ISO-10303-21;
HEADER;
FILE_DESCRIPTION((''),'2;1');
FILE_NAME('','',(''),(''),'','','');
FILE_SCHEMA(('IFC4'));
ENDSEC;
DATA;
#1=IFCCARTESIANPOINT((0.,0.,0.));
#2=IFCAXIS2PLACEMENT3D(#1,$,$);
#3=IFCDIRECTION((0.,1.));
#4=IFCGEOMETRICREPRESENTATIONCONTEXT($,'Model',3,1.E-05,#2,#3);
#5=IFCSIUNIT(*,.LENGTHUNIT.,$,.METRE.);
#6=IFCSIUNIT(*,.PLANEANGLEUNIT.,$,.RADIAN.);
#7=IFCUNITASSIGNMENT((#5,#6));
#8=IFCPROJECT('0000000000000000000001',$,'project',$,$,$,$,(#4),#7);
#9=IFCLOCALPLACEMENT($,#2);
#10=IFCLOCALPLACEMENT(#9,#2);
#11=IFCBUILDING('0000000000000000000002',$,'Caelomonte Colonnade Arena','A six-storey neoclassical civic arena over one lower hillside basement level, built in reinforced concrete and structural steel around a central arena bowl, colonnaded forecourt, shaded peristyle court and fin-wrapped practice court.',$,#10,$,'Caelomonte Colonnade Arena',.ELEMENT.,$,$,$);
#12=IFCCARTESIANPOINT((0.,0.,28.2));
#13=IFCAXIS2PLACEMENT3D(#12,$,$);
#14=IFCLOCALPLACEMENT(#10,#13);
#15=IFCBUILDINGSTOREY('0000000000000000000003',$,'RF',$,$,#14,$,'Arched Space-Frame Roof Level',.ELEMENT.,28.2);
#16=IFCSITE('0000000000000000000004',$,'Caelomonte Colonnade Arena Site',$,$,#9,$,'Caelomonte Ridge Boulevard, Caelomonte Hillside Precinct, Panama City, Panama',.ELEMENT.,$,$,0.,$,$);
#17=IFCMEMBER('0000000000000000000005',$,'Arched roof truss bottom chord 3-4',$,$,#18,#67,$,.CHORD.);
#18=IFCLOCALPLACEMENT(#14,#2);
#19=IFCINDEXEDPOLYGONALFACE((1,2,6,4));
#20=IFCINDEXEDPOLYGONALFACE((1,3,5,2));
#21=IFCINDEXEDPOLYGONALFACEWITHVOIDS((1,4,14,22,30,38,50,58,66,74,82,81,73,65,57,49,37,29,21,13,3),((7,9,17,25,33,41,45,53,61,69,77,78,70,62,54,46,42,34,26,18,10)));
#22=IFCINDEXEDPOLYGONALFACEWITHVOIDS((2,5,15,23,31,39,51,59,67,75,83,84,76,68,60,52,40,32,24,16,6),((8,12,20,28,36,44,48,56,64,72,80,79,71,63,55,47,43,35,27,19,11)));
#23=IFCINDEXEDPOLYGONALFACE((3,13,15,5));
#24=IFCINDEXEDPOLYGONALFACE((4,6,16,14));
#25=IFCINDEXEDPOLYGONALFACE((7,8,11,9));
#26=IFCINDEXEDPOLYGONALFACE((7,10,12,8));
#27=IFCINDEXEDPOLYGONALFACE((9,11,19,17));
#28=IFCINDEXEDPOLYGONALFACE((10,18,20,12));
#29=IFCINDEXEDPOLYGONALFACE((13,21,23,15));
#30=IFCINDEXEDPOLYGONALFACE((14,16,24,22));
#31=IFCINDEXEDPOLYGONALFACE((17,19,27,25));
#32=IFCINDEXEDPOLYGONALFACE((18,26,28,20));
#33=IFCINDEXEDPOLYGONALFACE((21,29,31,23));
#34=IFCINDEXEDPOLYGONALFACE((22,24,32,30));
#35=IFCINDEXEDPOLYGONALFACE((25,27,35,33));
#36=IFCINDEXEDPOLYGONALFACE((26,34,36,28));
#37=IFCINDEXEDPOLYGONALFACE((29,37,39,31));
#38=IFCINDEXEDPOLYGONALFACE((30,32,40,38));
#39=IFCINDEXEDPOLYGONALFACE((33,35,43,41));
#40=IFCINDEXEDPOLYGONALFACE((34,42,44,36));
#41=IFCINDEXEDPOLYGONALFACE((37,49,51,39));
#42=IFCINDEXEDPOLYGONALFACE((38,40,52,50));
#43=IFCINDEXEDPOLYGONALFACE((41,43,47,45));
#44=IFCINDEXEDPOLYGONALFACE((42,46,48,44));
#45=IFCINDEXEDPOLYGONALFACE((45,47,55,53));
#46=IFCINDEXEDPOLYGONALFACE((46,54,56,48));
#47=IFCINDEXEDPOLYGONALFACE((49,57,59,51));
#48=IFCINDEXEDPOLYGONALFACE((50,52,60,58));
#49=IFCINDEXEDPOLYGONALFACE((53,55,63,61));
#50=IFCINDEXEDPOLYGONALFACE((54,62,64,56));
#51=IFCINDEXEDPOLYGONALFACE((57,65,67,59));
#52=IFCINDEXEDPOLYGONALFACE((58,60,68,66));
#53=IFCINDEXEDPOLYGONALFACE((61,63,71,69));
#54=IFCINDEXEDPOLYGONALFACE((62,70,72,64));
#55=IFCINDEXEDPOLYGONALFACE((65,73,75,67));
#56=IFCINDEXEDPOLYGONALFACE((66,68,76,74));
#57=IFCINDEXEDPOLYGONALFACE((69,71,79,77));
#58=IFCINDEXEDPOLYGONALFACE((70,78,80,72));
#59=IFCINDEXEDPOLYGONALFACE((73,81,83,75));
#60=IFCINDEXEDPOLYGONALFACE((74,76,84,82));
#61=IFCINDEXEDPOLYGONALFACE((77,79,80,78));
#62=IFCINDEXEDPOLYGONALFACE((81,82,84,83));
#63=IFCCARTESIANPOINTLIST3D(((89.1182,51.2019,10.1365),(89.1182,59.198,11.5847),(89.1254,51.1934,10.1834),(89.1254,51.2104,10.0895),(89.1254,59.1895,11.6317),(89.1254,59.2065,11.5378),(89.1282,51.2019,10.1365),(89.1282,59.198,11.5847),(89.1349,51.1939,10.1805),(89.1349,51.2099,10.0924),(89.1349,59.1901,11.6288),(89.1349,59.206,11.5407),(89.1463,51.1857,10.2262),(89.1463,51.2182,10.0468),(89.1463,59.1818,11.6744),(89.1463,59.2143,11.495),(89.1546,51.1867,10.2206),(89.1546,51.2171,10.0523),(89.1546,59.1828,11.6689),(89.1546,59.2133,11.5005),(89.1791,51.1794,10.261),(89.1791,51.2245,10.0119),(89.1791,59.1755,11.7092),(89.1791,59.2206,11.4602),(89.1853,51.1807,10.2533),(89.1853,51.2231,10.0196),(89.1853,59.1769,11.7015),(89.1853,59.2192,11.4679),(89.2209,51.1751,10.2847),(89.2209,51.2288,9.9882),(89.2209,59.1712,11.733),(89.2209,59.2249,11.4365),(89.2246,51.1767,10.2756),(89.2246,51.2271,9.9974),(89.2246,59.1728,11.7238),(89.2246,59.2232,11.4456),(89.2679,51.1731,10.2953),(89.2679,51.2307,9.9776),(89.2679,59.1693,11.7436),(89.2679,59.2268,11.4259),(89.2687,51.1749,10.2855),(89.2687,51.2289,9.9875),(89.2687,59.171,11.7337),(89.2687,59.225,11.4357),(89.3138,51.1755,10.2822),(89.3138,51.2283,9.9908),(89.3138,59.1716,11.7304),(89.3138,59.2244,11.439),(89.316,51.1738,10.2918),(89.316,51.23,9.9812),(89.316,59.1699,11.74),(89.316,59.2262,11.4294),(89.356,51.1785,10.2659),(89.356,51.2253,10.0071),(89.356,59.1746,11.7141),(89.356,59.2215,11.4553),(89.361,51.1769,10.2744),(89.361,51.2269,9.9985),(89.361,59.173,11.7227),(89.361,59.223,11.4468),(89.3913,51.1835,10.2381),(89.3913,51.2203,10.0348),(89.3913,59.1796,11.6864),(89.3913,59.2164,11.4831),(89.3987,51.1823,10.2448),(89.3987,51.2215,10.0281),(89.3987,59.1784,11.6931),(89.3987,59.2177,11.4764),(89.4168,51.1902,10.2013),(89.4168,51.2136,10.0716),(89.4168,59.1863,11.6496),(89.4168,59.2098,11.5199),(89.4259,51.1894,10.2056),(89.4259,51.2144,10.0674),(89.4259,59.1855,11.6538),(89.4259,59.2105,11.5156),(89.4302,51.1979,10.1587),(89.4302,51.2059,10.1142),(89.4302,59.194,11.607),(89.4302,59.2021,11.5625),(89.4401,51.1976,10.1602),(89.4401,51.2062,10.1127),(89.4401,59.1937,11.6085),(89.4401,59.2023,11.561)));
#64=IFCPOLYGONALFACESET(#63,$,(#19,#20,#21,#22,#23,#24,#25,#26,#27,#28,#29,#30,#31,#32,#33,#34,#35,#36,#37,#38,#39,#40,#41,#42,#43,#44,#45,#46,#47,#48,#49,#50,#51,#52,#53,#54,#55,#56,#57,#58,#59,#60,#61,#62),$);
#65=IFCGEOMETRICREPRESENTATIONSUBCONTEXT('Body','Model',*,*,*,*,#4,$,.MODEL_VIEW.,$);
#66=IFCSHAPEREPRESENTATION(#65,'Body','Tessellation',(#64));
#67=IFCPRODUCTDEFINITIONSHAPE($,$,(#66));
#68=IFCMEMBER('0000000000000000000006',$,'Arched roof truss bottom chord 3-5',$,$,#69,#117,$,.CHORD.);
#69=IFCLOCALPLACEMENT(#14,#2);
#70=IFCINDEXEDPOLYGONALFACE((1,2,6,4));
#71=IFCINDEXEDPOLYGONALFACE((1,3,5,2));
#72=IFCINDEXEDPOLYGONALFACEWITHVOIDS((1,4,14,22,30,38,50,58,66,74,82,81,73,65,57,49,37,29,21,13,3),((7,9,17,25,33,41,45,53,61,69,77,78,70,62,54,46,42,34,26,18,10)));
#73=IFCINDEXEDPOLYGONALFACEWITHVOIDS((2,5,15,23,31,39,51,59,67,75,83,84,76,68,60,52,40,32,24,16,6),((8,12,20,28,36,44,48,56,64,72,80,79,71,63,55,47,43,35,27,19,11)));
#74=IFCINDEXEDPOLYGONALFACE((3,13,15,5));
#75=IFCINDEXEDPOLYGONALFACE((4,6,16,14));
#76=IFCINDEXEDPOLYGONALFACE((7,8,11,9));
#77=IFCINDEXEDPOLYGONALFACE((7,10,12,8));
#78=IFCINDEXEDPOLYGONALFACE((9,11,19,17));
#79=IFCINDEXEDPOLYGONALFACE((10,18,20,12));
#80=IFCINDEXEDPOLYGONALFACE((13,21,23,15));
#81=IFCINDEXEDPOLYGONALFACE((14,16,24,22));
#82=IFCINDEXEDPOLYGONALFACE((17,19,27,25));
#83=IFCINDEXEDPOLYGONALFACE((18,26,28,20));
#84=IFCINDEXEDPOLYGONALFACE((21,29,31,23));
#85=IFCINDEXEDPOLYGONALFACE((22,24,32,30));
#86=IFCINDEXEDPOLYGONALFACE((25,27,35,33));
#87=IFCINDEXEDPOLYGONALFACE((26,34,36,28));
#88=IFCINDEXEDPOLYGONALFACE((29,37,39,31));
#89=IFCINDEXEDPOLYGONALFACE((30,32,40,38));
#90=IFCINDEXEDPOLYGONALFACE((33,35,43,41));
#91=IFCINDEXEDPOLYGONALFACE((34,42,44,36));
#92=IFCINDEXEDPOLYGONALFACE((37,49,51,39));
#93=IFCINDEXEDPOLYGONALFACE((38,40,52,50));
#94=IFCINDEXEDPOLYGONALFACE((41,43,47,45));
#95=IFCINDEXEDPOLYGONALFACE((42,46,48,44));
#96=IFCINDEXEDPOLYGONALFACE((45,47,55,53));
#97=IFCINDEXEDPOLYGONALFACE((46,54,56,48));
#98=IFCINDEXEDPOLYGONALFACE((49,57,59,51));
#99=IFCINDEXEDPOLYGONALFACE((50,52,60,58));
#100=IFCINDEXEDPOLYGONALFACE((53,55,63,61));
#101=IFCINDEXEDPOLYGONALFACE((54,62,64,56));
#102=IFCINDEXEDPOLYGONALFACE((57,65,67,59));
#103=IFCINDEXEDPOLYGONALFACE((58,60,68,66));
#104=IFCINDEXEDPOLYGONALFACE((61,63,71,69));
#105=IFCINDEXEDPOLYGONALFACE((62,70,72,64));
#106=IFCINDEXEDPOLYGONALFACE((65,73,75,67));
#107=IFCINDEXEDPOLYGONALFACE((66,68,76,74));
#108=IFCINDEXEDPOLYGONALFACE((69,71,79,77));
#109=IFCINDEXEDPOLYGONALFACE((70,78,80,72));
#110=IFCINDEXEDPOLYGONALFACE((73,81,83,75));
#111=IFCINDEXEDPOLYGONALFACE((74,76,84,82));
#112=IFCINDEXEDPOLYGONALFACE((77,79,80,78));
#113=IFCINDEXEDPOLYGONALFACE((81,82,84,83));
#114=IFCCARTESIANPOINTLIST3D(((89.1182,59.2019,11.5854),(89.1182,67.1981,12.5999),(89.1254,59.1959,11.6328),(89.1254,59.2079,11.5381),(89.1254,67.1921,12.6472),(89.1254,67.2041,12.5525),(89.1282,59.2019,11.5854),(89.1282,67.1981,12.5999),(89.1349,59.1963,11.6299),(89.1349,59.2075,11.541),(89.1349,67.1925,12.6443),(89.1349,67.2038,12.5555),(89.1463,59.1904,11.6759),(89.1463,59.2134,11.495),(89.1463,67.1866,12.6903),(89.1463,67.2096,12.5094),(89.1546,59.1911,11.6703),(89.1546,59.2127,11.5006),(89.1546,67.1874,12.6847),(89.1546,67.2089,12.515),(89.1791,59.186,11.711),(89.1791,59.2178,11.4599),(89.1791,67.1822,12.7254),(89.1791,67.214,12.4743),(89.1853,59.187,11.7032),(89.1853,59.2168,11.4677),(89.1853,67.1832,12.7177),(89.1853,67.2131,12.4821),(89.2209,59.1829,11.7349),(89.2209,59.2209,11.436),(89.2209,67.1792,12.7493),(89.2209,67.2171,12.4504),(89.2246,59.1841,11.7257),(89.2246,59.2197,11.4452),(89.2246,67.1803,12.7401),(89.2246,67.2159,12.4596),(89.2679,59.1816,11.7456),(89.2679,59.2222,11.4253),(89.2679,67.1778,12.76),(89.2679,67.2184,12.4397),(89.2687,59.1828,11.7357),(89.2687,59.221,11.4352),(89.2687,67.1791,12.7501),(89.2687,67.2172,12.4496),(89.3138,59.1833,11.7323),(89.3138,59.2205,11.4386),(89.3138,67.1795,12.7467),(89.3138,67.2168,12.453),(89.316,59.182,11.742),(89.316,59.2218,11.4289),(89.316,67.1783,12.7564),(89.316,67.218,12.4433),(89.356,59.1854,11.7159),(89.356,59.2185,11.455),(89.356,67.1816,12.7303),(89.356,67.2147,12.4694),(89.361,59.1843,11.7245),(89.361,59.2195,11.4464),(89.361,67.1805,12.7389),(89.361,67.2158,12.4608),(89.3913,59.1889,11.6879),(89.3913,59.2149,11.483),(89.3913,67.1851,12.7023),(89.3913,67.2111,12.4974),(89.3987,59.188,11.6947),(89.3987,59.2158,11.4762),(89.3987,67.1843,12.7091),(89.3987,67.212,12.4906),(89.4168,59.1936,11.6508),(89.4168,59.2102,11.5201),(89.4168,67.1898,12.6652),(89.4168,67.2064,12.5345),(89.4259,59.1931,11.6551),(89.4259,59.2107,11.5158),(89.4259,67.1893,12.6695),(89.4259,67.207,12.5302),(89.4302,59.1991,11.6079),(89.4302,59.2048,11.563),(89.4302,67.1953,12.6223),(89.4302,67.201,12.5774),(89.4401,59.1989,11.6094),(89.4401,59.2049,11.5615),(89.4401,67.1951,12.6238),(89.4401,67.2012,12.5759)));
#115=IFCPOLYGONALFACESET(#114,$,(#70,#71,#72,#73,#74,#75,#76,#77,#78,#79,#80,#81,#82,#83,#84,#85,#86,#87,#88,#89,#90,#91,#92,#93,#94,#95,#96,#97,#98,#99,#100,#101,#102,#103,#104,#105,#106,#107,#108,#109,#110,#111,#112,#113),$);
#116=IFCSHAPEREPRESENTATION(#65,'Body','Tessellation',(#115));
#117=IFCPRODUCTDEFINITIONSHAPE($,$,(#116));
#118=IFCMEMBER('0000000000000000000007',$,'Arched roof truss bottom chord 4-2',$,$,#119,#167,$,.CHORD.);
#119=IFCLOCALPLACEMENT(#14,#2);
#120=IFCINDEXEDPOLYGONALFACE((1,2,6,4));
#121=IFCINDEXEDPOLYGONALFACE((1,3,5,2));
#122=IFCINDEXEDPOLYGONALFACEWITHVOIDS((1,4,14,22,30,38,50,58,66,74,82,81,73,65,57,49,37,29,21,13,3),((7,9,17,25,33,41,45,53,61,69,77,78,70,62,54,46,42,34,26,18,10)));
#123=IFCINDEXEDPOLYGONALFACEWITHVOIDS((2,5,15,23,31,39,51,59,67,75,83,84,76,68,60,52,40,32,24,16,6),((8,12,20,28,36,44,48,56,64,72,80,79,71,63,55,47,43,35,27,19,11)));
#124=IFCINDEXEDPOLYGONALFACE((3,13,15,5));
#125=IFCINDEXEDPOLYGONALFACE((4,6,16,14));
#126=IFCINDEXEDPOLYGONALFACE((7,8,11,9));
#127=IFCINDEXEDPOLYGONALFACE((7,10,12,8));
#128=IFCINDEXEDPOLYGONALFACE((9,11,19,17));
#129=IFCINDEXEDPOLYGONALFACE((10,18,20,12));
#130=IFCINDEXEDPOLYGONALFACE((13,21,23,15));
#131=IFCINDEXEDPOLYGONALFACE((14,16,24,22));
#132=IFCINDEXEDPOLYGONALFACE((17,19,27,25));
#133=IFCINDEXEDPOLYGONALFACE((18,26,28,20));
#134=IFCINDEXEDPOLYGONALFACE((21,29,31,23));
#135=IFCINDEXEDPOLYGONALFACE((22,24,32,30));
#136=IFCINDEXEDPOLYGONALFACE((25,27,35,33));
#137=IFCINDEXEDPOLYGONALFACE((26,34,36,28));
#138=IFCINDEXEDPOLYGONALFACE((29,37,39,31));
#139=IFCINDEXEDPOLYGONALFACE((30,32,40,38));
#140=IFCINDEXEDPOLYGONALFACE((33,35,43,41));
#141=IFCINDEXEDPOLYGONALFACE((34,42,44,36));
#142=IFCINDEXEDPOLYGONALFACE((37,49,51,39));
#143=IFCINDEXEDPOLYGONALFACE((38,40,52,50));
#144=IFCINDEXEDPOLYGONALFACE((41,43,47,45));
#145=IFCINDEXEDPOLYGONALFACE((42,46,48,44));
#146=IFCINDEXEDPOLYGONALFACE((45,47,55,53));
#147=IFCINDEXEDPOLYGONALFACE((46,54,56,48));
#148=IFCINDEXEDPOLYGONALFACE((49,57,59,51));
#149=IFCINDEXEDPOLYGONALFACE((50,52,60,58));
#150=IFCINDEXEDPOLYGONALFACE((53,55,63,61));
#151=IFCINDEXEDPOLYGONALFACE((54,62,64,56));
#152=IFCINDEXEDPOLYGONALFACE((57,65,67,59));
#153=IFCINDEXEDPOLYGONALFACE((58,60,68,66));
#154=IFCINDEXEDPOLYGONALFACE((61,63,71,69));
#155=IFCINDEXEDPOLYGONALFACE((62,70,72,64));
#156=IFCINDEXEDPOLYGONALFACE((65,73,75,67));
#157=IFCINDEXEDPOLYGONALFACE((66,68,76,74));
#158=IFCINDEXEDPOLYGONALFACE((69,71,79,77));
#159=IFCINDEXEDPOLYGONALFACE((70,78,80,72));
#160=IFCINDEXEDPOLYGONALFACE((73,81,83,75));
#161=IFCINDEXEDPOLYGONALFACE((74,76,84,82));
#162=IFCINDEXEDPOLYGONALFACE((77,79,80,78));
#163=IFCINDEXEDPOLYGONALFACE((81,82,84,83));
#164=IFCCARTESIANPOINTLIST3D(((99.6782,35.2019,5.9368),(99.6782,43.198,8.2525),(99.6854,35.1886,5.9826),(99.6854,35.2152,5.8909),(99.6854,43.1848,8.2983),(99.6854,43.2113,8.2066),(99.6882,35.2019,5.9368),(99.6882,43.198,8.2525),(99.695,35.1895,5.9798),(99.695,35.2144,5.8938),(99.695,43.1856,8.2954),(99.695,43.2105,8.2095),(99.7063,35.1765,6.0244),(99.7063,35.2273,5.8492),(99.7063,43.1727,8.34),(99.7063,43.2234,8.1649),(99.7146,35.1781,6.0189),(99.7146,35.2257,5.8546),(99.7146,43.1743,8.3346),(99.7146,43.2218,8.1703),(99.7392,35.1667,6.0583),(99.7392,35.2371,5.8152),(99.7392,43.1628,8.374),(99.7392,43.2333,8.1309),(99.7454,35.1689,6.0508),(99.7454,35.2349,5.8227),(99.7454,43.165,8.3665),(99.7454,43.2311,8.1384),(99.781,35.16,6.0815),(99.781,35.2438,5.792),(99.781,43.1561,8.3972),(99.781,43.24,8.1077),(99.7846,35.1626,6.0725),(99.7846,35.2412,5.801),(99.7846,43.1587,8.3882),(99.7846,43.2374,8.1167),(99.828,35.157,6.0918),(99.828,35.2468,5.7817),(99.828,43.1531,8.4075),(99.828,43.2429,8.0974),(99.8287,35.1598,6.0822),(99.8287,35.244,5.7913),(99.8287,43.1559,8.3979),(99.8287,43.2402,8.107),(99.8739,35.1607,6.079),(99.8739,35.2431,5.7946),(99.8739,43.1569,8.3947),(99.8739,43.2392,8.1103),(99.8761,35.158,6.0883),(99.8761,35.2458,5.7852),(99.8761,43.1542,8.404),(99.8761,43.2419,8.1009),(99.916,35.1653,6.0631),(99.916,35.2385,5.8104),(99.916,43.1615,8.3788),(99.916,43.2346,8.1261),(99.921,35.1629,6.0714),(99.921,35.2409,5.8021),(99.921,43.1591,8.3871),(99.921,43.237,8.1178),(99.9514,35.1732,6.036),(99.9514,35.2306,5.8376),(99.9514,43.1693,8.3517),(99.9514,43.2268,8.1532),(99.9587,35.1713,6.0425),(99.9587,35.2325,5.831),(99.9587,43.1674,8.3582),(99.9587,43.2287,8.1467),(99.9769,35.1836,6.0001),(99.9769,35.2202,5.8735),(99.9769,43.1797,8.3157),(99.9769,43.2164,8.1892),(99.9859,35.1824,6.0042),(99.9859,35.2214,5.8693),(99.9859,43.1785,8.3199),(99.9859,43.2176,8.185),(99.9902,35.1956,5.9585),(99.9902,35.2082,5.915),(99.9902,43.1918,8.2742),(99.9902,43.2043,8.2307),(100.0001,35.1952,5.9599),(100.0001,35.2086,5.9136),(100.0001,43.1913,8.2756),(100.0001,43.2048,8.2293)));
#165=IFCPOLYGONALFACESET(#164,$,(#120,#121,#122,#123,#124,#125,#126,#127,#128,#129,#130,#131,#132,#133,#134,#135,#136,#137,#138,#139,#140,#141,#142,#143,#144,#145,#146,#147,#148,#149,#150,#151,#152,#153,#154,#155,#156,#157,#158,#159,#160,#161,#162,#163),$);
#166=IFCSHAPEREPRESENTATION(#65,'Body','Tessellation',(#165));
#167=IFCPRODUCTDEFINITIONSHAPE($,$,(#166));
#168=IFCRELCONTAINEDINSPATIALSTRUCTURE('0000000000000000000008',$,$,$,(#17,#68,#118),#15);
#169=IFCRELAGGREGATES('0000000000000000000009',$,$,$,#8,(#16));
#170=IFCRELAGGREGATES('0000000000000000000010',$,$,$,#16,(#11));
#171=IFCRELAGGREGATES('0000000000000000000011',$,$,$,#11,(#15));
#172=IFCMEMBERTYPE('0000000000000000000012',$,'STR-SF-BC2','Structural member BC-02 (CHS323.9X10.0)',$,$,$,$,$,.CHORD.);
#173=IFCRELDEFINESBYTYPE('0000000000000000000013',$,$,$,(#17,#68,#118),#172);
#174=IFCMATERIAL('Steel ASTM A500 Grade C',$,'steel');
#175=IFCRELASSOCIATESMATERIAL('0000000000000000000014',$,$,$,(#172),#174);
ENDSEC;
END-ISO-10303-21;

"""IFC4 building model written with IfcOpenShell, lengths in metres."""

from ifc_helpers import new_model, si_unit, direction, frame, origin, origin_2d, place, context, subcontext, project, spatial, hollow_circle, extrude, material, material_profile, profile_set, type_object, element, save


model = new_model("IFC4")

# Units and contexts
model_context = context("Model", 3, precision=1e-05, world=origin(), true_north=direction((0.0, 1.0)))
body_context = subcontext(model_context, "Body", "Model", "MODEL_VIEW")
ifc_project = project(units=[si_unit("LENGTHUNIT", "METRE"), si_unit("PLANEANGLEUNIT", "RADIAN")], contexts=[model_context])

# Site, building, storey
site_placement = place(None, origin())
site = spatial("IfcSite", under=ifc_project, at=site_placement, Name="Caelomonte Colonnade Arena Site", LongName="Caelomonte Ridge Boulevard, Caelomonte Hillside Precinct, Panama City, Panama", CompositionType="ELEMENT", RefElevation=0.0)
building_placement = place(site_placement, origin())
building = spatial("IfcBuilding", under=site, at=building_placement, Name="Caelomonte Colonnade Arena", Description="A six-storey neoclassical civic arena over one lower hillside basement level, built in reinforced concrete and structural steel around a central arena bowl, colonnaded forecourt, shaded peristyle court and fin-wrapped practice court.", LongName="Caelomonte Colonnade Arena", CompositionType="ELEMENT")
storey_placement = place(building_placement, frame((0.0, 0.0, 28.2)))
storey = spatial("IfcBuildingStorey", under=building, at=storey_placement, Name="RF", LongName="Arched Space-Frame Roof Level", CompositionType="ELEMENT", Elevation=28.2)

# Members
ifc_material_1 = material(Name="Steel ASTM A500 Grade C", Category="steel")
ifc_material_profile_1 = material_profile(ifc_material_1, hollow_circle(Radius=0.1619, WallThickness=0.01, at=origin_2d()), Name="CHS323.9X10.0")
ifc_profile_set_1 = profile_set([ifc_material_profile_1], Name="Steel ASTM A500 Grade C")
member_type_1 = type_object("IfcMemberType", Name="STR-SF-BC2", Description="Structural member BC-02 (CHS323.9X10.0)", PredefinedType="CHORD", material=ifc_profile_set_1)
member_1_placement = place(storey_placement, frame((89.28, 51.2019, 10.1365), z_axis=(0.0, 0.983991, 0.178219), x_axis=(-1.0, 0.0, 0.0)))
element("IfcMember", 1, at=member_1_placement, inside=storey, type_object=member_type_1, Name="Arched roof truss bottom chord 3-4", PredefinedType="CHORD", context=body_context, shape_type="SweptSolid", body=[
    extrude(hollow_circle(Radius=0.1619, WallThickness=0.01, at=origin_2d()), origin(), (0.0, 0.0, 1.0), 8.1262),
])
member_2_placement = place(storey_placement, frame((89.28, 59.2019, 11.5854), z_axis=(0.0, 0.992049, 0.125854), x_axis=(-1.0, 0.0, 0.0)))
element("IfcMember", 2, at=member_2_placement, inside=storey, type_object=member_type_1, Name="Arched roof truss bottom chord 3-5", PredefinedType="CHORD", context=body_context, shape_type="SweptSolid", body=[
    extrude(hollow_circle(Radius=0.1619, WallThickness=0.01, at=origin_2d()), origin(), (0.0, 0.0, 1.0), 8.0603),
])
member_3_placement = place(storey_placement, frame((99.8401, 35.2019, 5.9368), z_axis=(0.0, 0.960532, 0.278171), x_axis=(-1.0, 0.0, 0.0)))
element("IfcMember", 3, at=member_3_placement, inside=storey, type_object=member_type_1, Name="Arched roof truss bottom chord 4-2", PredefinedType="CHORD", context=body_context, shape_type="SweptSolid", body=[
    extrude(hollow_circle(Radius=0.1619, WallThickness=0.01, at=origin_2d()), origin(), (0.0, 0.0, 1.0), 8.3247),
])

save(model, "model.ifc")
